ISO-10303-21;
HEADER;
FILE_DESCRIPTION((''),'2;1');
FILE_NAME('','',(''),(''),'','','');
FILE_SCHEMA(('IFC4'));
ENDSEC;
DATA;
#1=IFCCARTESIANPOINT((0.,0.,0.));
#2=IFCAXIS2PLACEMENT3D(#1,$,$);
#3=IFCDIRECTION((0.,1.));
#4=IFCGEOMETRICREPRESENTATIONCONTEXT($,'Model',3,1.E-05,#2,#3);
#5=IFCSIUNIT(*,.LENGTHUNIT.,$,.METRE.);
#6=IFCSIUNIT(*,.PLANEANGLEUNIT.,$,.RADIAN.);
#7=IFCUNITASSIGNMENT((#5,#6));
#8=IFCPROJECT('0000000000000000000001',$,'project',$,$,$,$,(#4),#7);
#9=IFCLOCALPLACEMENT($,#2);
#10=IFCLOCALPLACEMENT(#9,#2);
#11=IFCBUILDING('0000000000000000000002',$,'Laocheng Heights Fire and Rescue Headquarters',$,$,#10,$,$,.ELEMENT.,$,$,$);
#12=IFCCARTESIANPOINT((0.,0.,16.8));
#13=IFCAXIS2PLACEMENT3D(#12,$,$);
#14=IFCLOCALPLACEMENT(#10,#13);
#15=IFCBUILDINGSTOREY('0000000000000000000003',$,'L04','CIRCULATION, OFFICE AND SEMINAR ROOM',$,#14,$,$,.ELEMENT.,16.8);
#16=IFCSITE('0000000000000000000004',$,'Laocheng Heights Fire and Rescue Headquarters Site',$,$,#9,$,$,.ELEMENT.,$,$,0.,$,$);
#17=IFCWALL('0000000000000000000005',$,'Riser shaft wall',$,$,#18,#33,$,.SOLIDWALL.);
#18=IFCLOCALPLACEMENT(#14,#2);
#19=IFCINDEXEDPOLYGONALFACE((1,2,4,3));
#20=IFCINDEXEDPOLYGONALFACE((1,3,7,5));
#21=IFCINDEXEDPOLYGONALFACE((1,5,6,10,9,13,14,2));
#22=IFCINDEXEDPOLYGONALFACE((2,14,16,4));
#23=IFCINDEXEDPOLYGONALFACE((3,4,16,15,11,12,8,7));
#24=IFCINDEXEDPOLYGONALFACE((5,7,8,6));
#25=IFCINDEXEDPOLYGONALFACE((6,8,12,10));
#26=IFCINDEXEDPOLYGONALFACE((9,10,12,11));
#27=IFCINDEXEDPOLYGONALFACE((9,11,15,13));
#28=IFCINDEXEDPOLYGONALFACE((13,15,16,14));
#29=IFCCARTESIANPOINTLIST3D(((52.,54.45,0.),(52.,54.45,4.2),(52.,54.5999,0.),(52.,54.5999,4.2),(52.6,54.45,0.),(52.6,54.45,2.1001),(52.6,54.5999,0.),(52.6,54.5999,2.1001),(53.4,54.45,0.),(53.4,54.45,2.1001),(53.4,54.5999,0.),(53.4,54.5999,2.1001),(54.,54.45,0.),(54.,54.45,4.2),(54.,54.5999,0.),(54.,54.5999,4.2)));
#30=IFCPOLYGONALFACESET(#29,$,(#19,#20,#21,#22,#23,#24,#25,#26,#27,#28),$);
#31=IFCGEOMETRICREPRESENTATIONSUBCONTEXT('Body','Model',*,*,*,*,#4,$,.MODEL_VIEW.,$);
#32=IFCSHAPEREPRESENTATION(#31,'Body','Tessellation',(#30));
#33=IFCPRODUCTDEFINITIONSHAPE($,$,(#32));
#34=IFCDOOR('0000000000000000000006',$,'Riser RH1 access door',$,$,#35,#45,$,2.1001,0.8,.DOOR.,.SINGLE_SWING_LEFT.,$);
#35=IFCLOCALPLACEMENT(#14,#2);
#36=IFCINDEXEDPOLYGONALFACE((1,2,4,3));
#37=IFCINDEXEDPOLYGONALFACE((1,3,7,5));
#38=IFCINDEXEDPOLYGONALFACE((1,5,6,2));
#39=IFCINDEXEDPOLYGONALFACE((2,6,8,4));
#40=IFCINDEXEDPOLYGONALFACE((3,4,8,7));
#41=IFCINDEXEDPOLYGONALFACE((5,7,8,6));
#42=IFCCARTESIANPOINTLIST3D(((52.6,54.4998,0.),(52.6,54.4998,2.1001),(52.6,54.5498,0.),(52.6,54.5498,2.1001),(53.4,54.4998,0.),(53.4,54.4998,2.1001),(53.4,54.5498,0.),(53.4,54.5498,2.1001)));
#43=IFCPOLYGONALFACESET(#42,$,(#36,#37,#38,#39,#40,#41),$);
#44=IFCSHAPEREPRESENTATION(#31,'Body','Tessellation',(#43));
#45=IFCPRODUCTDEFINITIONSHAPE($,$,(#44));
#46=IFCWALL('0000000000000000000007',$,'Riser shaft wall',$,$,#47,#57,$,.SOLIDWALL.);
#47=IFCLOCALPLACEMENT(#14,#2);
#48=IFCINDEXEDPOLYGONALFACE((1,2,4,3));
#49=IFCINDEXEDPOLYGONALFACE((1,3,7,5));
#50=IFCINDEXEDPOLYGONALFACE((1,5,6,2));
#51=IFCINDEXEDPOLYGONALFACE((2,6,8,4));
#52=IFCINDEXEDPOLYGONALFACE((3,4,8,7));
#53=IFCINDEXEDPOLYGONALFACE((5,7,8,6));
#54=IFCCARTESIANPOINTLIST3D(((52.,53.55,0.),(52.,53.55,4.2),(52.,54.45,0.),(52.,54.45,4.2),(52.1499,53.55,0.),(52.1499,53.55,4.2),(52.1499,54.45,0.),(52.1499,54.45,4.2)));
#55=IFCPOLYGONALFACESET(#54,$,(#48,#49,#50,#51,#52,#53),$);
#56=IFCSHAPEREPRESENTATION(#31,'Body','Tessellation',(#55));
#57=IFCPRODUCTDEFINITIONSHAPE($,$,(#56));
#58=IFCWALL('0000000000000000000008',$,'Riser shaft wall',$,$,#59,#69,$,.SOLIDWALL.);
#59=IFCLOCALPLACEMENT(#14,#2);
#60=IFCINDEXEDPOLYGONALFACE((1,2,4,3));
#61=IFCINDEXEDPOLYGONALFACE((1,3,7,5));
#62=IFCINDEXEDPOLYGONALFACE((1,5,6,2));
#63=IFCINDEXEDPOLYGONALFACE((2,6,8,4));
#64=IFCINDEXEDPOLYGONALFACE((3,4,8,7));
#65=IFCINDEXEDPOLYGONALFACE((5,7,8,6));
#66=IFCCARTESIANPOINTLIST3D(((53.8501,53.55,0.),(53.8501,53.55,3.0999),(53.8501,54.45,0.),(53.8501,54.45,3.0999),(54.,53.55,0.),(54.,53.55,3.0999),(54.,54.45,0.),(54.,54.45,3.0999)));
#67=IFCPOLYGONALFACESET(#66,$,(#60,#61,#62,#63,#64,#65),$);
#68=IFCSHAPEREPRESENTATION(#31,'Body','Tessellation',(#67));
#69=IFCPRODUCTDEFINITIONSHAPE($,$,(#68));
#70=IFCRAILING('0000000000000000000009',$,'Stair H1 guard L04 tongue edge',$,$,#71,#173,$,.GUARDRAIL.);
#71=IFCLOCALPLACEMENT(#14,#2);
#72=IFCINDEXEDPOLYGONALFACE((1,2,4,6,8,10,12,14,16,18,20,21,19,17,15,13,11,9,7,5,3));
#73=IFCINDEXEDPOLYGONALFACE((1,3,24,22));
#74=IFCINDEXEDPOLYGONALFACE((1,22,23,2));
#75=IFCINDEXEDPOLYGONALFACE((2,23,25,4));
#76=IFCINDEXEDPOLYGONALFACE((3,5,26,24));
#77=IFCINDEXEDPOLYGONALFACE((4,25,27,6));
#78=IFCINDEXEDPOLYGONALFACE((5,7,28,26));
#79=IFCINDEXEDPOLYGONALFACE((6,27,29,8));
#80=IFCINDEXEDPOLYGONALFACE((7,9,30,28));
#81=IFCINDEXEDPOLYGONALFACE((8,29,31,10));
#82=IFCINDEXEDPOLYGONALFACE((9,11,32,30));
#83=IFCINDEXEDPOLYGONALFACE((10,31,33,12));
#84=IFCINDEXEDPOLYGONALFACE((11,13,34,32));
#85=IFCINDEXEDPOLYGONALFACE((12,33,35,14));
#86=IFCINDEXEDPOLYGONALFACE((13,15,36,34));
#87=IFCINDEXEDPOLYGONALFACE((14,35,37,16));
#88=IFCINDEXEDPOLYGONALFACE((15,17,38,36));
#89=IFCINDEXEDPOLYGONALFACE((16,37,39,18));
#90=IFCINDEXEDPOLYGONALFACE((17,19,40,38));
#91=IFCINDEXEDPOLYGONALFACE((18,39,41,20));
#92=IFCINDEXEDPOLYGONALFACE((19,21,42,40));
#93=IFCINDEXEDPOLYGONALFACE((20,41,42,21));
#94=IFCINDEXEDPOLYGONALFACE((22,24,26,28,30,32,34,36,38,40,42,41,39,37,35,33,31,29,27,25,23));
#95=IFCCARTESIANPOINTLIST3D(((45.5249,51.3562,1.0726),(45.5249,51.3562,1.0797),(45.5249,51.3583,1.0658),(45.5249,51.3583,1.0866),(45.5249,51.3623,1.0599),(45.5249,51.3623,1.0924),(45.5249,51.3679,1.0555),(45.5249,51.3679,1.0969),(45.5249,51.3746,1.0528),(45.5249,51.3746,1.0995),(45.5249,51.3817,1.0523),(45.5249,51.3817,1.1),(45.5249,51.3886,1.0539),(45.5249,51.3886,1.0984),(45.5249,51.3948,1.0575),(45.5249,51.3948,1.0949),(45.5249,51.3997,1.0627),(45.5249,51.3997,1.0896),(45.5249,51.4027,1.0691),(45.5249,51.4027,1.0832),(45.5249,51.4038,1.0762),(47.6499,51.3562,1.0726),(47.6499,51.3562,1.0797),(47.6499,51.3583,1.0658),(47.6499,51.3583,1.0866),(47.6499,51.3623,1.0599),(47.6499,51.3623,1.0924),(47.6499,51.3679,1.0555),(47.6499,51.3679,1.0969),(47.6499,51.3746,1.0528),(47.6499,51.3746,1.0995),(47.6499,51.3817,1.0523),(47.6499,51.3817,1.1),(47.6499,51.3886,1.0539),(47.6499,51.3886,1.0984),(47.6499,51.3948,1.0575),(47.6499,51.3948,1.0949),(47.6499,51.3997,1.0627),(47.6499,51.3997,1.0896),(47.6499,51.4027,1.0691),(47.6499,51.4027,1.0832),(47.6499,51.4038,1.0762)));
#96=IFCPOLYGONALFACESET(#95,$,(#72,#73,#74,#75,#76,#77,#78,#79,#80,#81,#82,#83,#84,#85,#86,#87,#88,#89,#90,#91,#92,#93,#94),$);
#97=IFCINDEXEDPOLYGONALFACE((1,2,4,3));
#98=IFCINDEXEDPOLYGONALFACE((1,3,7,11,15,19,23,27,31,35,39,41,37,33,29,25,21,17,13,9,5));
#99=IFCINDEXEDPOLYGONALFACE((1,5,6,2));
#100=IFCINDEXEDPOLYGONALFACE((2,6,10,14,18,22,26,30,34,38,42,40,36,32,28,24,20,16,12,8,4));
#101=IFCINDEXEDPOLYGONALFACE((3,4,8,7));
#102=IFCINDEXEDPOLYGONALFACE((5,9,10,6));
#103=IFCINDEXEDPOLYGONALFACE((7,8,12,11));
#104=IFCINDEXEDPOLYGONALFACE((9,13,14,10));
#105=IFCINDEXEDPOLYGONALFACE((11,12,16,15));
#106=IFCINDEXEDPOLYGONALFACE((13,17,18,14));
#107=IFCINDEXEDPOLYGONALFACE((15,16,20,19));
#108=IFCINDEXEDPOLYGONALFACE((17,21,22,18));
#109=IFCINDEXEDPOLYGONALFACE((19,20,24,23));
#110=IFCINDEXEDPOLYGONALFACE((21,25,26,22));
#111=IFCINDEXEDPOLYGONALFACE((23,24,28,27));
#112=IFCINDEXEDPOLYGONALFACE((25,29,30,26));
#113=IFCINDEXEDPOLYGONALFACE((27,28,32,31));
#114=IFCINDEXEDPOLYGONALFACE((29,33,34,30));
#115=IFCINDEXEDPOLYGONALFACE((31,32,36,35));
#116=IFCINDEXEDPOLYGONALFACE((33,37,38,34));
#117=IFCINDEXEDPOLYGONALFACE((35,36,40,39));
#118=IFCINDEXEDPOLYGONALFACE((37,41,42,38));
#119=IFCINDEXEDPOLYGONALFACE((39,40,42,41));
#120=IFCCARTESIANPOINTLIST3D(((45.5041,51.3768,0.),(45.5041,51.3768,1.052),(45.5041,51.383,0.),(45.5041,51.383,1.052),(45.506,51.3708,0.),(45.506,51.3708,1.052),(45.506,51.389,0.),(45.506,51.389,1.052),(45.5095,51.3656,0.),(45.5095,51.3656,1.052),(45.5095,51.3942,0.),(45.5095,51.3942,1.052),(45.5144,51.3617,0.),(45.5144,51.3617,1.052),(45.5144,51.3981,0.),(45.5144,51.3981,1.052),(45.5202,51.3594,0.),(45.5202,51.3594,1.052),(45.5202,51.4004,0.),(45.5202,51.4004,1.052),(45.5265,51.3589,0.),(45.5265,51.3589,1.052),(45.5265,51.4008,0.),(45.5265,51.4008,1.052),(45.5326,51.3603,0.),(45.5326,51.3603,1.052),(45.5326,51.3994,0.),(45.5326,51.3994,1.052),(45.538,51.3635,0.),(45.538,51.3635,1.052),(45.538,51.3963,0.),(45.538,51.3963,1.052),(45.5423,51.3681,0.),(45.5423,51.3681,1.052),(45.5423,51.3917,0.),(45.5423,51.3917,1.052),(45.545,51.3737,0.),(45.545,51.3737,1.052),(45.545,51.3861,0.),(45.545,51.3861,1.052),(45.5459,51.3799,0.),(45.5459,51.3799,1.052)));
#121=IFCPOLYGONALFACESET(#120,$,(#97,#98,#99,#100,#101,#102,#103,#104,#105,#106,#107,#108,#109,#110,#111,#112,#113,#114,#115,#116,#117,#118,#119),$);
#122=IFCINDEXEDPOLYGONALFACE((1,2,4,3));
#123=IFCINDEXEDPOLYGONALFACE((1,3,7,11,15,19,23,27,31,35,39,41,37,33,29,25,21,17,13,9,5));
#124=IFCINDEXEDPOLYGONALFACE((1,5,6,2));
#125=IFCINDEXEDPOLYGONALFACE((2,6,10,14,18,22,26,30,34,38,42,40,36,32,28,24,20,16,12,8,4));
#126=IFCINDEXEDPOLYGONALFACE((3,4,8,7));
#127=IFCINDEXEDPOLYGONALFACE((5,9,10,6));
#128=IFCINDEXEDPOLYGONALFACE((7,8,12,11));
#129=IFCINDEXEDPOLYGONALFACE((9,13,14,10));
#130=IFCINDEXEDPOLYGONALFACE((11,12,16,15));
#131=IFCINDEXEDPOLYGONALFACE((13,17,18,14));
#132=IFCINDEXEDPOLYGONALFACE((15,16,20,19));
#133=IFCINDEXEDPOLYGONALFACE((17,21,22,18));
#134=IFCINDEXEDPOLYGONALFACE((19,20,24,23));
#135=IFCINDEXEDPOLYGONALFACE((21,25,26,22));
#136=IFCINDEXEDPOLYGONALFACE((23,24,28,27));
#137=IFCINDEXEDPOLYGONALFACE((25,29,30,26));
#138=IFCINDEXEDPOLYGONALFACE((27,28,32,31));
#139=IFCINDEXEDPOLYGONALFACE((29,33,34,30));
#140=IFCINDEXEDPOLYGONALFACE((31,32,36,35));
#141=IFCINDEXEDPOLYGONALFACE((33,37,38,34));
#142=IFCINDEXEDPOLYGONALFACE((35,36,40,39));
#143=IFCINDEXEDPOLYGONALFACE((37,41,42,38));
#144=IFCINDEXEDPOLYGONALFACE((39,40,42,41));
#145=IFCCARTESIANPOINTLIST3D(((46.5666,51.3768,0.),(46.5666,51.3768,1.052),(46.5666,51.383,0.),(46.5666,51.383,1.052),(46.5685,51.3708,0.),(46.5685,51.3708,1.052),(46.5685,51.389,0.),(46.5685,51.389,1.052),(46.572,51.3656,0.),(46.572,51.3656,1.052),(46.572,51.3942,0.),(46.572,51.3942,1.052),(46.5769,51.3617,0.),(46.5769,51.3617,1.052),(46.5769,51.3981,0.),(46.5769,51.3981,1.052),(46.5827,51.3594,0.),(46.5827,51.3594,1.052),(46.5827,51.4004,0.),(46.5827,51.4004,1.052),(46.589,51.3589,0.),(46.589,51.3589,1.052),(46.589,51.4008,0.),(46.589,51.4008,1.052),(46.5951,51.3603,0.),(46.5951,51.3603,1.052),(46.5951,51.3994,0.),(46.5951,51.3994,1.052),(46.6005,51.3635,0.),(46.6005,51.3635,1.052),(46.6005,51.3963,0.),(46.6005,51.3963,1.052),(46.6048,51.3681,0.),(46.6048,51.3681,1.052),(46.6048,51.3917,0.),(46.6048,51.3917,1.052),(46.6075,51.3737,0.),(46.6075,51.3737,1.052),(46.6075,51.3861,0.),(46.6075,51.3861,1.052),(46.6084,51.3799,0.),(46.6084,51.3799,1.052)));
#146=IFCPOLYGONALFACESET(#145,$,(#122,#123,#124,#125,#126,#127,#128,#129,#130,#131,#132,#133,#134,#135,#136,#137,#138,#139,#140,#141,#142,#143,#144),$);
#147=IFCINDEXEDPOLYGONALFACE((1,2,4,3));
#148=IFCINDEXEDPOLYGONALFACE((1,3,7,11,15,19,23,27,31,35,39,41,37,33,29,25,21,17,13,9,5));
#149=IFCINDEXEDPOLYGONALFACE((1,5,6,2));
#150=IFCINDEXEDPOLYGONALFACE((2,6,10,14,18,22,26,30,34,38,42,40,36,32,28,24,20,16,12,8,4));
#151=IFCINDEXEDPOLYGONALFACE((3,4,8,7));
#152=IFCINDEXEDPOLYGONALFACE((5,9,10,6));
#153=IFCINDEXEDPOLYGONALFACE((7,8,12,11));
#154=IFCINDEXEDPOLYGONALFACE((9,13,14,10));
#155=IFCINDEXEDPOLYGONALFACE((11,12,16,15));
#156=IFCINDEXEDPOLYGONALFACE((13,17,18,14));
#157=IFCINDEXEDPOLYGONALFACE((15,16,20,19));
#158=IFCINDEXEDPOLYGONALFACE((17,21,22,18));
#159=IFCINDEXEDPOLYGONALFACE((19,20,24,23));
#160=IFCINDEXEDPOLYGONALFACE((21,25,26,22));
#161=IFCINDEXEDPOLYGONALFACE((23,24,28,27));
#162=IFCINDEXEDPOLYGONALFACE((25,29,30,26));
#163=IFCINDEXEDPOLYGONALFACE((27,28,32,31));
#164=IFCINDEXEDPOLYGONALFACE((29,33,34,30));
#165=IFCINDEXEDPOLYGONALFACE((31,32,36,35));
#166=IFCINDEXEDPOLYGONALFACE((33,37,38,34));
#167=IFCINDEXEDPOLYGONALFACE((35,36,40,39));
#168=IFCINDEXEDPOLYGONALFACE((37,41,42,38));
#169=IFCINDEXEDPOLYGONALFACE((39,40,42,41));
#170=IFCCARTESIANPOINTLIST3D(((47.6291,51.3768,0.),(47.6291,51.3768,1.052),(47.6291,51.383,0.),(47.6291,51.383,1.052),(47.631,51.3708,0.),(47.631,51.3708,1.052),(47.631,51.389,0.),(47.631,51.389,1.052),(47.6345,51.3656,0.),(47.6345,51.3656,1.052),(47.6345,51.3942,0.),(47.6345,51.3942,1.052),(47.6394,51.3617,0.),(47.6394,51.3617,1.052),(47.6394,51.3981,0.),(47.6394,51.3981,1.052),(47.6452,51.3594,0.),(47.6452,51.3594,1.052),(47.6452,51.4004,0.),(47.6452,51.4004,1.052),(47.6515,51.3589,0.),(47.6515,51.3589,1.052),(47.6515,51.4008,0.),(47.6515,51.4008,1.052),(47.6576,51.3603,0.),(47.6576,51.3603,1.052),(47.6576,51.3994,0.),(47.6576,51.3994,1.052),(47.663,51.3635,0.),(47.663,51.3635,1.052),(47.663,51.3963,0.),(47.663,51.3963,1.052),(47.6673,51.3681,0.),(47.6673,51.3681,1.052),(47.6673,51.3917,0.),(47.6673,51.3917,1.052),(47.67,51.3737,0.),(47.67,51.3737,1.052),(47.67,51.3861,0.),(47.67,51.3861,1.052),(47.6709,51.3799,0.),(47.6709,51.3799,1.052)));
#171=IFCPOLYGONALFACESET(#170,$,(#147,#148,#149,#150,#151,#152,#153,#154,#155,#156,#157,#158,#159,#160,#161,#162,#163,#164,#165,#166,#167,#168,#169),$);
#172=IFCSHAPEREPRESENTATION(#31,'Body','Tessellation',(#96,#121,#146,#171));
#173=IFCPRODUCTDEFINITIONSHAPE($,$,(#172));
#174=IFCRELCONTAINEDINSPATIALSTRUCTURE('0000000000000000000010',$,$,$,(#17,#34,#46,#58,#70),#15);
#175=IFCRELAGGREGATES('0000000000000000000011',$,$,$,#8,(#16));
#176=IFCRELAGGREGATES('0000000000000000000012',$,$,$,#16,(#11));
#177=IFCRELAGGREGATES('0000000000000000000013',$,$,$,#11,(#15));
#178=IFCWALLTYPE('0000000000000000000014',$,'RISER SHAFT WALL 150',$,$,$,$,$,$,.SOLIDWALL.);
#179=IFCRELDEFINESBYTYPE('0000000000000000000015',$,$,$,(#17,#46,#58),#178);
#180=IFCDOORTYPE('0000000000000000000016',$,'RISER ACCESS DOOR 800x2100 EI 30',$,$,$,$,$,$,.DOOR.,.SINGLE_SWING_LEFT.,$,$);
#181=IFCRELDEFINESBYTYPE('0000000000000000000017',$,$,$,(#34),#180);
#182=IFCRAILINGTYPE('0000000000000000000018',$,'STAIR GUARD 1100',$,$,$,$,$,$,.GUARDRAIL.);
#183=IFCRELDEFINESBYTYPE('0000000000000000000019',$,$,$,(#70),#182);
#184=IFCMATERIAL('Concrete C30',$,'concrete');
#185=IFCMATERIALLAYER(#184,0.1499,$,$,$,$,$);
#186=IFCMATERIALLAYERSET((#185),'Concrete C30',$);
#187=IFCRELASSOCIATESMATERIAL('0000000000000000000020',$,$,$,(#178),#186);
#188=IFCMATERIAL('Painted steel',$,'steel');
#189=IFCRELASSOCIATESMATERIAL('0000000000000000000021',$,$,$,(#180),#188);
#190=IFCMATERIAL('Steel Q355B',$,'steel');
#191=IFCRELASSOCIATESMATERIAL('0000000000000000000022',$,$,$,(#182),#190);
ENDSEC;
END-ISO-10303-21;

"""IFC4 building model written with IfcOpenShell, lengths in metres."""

from ifc_helpers import new_model, si_unit, direction, frame, frame_2d, origin, origin_2d, place, context, subcontext, project, spatial, rectangle, circle, extrude, material, layer, layer_set, type_object, element, fill, save


model = new_model("IFC4")

# Units and contexts
model_context = context("Model", 3, precision=1e-05, world=origin(), true_north=direction((0.0, 1.0)))
body_context = subcontext(model_context, "Body", "Model", "MODEL_VIEW")
ifc_project = project(units=[si_unit("LENGTHUNIT", "METRE"), si_unit("PLANEANGLEUNIT", "RADIAN")], contexts=[model_context])

# Site, building, storey
site_placement = place(None, origin())
site = spatial("IfcSite", under=ifc_project, at=site_placement, Name="Laocheng Heights Fire and Rescue Headquarters Site", CompositionType="ELEMENT", RefElevation=0.0)
building_placement = place(site_placement, origin())
building = spatial("IfcBuilding", under=site, at=building_placement, Name="Laocheng Heights Fire and Rescue Headquarters", CompositionType="ELEMENT")
storey_placement = place(building_placement, frame((0.0, 0.0, 16.8)))
storey = spatial("IfcBuildingStorey", under=building, at=storey_placement, Name="L04", Description="CIRCULATION, OFFICE AND SEMINAR ROOM", CompositionType="ELEMENT", Elevation=16.8)

# Shared definitions
ifc_material_1 = material(Name="Concrete C30", Category="concrete")
ifc_layer_1 = layer(ifc_material_1, 0.1499)
ifc_layer_set_1 = layer_set([ifc_layer_1], Name="Concrete C30")
wall_type_1 = type_object("IfcWallType", Name="RISER SHAFT WALL 150", PredefinedType="SOLIDWALL", material=ifc_layer_set_1)

# Wall, opening, door
wall_1_placement = place(storey_placement, frame((52.0, 54.5249, 0.0), z_axis=(0.0, 0.0, 1.0), x_axis=(1.0, 0.0, 0.0)))
wall_1 = element("IfcWall", 1, at=wall_1_placement, inside=storey, type_object=wall_type_1, Name="Riser shaft wall", PredefinedType="SOLIDWALL", context=body_context, shape_type="SweptSolid", body=[
    extrude(rectangle(XDim=2.0, YDim=0.1499, at=frame_2d((1.0, 0.0))), origin(), (0.0, 0.0, 1.0), 4.2),
])
opening_1_placement = place(wall_1_placement, frame((0.6001, 0.0, 0.0)))
opening_1 = element("IfcOpeningElement", 2, at=opening_1_placement, cuts=wall_1, PredefinedType="OPENING", context=body_context, shape_type="SweptSolid", body=[
    extrude(rectangle(XDim=0.8, YDim=2.1001, at=frame_2d((0.3999, 1.05))), frame((0.0, 0.085, 0.0), z_axis=(0.0, -1.0, 0.0), x_axis=(1.0, 0.0, 0.0)), (0.0, 0.0, 1.0), 0.1699),
])
ifc_material_2 = material(Name="Painted steel", Category="steel")
door_type_1 = type_object("IfcDoorType", Name="RISER ACCESS DOOR 800x2100 EI 30", OperationType="SINGLE_SWING_LEFT", PredefinedType="DOOR", material=ifc_material_2)
door_1_placement = place(opening_1_placement, origin())
door_1 = element("IfcDoor", 3, at=door_1_placement, inside=storey, type_object=door_type_1, Name="Riser RH1 access door", OperationType="SINGLE_SWING_LEFT", OverallHeight=2.1001, OverallWidth=0.8, PredefinedType="DOOR", context=body_context, shape_type="SweptSolid", body=[
    extrude(rectangle(XDim=0.8, YDim=2.1001, at=frame_2d((0.3999, 1.05))), frame((0.0, 0.0249, 0.0), z_axis=(0.0, -1.0, 0.0), x_axis=(1.0, 0.0, 0.0)), (0.0, 0.0, 1.0), 0.05),
])
fill(opening_1, door_1)

# Walls
wall_2_placement = place(storey_placement, frame((52.075, 53.55, 0.0), z_axis=(0.0, 0.0, 1.0), x_axis=(0.0, 1.0, 0.0)))
element("IfcWall", 4, at=wall_2_placement, inside=storey, type_object=wall_type_1, Name="Riser shaft wall", PredefinedType="SOLIDWALL", context=body_context, shape_type="SweptSolid", body=[
    extrude(rectangle(XDim=0.8999, YDim=0.1499, at=frame_2d((0.45, 0.0))), origin(), (0.0, 0.0, 1.0), 4.2),
])
wall_3_placement = place(storey_placement, frame((53.925, 53.55, 0.0), z_axis=(0.0, 0.0, 1.0), x_axis=(0.0, 1.0, 0.0)))
element("IfcWall", 5, at=wall_3_placement, inside=storey, type_object=wall_type_1, Name="Riser shaft wall", PredefinedType="SOLIDWALL", context=body_context, shape_type="SweptSolid", body=[
    extrude(rectangle(XDim=0.8999, YDim=0.1499, at=frame_2d((0.45, 0.0))), origin(), (0.0, 0.0, 1.0), 3.0999),
])

# Railing
ifc_material_3 = material(Name="Steel Q355B", Category="steel")
railing_type_1 = type_object("IfcRailingType", Name="STAIR GUARD 1100", PredefinedType="GUARDRAIL", material=ifc_material_3)
railing_1_placement = place(storey_placement, frame((45.5249, 51.3799, 0.0)))
element("IfcRailing", 6, at=railing_1_placement, inside=storey, type_object=railing_type_1, Name="Stair H1 guard L04 tongue edge", PredefinedType="GUARDRAIL", context=body_context, shape_type="SweptSolid", body=[
    extrude(circle(Radius=0.0239, at=origin_2d()), frame((0.0, 0.0, 1.0762), z_axis=(1.0, 0.0, 0.0), x_axis=(0.0, 1.0, 0.0)), (0.0, 0.0, 1.0), 2.125),
    extrude(circle(Radius=0.021, at=origin_2d()), origin(), (0.0, 0.0, 1.0), 1.052),
    extrude(circle(Radius=0.021, at=origin_2d()), frame((1.0625, 0.0, 0.0)), (0.0, 0.0, 1.0), 1.052),
    extrude(circle(Radius=0.021, at=origin_2d()), frame((2.125, 0.0, 0.0)), (0.0, 0.0, 1.0), 1.052),
])

save(model, "model.ifc")
